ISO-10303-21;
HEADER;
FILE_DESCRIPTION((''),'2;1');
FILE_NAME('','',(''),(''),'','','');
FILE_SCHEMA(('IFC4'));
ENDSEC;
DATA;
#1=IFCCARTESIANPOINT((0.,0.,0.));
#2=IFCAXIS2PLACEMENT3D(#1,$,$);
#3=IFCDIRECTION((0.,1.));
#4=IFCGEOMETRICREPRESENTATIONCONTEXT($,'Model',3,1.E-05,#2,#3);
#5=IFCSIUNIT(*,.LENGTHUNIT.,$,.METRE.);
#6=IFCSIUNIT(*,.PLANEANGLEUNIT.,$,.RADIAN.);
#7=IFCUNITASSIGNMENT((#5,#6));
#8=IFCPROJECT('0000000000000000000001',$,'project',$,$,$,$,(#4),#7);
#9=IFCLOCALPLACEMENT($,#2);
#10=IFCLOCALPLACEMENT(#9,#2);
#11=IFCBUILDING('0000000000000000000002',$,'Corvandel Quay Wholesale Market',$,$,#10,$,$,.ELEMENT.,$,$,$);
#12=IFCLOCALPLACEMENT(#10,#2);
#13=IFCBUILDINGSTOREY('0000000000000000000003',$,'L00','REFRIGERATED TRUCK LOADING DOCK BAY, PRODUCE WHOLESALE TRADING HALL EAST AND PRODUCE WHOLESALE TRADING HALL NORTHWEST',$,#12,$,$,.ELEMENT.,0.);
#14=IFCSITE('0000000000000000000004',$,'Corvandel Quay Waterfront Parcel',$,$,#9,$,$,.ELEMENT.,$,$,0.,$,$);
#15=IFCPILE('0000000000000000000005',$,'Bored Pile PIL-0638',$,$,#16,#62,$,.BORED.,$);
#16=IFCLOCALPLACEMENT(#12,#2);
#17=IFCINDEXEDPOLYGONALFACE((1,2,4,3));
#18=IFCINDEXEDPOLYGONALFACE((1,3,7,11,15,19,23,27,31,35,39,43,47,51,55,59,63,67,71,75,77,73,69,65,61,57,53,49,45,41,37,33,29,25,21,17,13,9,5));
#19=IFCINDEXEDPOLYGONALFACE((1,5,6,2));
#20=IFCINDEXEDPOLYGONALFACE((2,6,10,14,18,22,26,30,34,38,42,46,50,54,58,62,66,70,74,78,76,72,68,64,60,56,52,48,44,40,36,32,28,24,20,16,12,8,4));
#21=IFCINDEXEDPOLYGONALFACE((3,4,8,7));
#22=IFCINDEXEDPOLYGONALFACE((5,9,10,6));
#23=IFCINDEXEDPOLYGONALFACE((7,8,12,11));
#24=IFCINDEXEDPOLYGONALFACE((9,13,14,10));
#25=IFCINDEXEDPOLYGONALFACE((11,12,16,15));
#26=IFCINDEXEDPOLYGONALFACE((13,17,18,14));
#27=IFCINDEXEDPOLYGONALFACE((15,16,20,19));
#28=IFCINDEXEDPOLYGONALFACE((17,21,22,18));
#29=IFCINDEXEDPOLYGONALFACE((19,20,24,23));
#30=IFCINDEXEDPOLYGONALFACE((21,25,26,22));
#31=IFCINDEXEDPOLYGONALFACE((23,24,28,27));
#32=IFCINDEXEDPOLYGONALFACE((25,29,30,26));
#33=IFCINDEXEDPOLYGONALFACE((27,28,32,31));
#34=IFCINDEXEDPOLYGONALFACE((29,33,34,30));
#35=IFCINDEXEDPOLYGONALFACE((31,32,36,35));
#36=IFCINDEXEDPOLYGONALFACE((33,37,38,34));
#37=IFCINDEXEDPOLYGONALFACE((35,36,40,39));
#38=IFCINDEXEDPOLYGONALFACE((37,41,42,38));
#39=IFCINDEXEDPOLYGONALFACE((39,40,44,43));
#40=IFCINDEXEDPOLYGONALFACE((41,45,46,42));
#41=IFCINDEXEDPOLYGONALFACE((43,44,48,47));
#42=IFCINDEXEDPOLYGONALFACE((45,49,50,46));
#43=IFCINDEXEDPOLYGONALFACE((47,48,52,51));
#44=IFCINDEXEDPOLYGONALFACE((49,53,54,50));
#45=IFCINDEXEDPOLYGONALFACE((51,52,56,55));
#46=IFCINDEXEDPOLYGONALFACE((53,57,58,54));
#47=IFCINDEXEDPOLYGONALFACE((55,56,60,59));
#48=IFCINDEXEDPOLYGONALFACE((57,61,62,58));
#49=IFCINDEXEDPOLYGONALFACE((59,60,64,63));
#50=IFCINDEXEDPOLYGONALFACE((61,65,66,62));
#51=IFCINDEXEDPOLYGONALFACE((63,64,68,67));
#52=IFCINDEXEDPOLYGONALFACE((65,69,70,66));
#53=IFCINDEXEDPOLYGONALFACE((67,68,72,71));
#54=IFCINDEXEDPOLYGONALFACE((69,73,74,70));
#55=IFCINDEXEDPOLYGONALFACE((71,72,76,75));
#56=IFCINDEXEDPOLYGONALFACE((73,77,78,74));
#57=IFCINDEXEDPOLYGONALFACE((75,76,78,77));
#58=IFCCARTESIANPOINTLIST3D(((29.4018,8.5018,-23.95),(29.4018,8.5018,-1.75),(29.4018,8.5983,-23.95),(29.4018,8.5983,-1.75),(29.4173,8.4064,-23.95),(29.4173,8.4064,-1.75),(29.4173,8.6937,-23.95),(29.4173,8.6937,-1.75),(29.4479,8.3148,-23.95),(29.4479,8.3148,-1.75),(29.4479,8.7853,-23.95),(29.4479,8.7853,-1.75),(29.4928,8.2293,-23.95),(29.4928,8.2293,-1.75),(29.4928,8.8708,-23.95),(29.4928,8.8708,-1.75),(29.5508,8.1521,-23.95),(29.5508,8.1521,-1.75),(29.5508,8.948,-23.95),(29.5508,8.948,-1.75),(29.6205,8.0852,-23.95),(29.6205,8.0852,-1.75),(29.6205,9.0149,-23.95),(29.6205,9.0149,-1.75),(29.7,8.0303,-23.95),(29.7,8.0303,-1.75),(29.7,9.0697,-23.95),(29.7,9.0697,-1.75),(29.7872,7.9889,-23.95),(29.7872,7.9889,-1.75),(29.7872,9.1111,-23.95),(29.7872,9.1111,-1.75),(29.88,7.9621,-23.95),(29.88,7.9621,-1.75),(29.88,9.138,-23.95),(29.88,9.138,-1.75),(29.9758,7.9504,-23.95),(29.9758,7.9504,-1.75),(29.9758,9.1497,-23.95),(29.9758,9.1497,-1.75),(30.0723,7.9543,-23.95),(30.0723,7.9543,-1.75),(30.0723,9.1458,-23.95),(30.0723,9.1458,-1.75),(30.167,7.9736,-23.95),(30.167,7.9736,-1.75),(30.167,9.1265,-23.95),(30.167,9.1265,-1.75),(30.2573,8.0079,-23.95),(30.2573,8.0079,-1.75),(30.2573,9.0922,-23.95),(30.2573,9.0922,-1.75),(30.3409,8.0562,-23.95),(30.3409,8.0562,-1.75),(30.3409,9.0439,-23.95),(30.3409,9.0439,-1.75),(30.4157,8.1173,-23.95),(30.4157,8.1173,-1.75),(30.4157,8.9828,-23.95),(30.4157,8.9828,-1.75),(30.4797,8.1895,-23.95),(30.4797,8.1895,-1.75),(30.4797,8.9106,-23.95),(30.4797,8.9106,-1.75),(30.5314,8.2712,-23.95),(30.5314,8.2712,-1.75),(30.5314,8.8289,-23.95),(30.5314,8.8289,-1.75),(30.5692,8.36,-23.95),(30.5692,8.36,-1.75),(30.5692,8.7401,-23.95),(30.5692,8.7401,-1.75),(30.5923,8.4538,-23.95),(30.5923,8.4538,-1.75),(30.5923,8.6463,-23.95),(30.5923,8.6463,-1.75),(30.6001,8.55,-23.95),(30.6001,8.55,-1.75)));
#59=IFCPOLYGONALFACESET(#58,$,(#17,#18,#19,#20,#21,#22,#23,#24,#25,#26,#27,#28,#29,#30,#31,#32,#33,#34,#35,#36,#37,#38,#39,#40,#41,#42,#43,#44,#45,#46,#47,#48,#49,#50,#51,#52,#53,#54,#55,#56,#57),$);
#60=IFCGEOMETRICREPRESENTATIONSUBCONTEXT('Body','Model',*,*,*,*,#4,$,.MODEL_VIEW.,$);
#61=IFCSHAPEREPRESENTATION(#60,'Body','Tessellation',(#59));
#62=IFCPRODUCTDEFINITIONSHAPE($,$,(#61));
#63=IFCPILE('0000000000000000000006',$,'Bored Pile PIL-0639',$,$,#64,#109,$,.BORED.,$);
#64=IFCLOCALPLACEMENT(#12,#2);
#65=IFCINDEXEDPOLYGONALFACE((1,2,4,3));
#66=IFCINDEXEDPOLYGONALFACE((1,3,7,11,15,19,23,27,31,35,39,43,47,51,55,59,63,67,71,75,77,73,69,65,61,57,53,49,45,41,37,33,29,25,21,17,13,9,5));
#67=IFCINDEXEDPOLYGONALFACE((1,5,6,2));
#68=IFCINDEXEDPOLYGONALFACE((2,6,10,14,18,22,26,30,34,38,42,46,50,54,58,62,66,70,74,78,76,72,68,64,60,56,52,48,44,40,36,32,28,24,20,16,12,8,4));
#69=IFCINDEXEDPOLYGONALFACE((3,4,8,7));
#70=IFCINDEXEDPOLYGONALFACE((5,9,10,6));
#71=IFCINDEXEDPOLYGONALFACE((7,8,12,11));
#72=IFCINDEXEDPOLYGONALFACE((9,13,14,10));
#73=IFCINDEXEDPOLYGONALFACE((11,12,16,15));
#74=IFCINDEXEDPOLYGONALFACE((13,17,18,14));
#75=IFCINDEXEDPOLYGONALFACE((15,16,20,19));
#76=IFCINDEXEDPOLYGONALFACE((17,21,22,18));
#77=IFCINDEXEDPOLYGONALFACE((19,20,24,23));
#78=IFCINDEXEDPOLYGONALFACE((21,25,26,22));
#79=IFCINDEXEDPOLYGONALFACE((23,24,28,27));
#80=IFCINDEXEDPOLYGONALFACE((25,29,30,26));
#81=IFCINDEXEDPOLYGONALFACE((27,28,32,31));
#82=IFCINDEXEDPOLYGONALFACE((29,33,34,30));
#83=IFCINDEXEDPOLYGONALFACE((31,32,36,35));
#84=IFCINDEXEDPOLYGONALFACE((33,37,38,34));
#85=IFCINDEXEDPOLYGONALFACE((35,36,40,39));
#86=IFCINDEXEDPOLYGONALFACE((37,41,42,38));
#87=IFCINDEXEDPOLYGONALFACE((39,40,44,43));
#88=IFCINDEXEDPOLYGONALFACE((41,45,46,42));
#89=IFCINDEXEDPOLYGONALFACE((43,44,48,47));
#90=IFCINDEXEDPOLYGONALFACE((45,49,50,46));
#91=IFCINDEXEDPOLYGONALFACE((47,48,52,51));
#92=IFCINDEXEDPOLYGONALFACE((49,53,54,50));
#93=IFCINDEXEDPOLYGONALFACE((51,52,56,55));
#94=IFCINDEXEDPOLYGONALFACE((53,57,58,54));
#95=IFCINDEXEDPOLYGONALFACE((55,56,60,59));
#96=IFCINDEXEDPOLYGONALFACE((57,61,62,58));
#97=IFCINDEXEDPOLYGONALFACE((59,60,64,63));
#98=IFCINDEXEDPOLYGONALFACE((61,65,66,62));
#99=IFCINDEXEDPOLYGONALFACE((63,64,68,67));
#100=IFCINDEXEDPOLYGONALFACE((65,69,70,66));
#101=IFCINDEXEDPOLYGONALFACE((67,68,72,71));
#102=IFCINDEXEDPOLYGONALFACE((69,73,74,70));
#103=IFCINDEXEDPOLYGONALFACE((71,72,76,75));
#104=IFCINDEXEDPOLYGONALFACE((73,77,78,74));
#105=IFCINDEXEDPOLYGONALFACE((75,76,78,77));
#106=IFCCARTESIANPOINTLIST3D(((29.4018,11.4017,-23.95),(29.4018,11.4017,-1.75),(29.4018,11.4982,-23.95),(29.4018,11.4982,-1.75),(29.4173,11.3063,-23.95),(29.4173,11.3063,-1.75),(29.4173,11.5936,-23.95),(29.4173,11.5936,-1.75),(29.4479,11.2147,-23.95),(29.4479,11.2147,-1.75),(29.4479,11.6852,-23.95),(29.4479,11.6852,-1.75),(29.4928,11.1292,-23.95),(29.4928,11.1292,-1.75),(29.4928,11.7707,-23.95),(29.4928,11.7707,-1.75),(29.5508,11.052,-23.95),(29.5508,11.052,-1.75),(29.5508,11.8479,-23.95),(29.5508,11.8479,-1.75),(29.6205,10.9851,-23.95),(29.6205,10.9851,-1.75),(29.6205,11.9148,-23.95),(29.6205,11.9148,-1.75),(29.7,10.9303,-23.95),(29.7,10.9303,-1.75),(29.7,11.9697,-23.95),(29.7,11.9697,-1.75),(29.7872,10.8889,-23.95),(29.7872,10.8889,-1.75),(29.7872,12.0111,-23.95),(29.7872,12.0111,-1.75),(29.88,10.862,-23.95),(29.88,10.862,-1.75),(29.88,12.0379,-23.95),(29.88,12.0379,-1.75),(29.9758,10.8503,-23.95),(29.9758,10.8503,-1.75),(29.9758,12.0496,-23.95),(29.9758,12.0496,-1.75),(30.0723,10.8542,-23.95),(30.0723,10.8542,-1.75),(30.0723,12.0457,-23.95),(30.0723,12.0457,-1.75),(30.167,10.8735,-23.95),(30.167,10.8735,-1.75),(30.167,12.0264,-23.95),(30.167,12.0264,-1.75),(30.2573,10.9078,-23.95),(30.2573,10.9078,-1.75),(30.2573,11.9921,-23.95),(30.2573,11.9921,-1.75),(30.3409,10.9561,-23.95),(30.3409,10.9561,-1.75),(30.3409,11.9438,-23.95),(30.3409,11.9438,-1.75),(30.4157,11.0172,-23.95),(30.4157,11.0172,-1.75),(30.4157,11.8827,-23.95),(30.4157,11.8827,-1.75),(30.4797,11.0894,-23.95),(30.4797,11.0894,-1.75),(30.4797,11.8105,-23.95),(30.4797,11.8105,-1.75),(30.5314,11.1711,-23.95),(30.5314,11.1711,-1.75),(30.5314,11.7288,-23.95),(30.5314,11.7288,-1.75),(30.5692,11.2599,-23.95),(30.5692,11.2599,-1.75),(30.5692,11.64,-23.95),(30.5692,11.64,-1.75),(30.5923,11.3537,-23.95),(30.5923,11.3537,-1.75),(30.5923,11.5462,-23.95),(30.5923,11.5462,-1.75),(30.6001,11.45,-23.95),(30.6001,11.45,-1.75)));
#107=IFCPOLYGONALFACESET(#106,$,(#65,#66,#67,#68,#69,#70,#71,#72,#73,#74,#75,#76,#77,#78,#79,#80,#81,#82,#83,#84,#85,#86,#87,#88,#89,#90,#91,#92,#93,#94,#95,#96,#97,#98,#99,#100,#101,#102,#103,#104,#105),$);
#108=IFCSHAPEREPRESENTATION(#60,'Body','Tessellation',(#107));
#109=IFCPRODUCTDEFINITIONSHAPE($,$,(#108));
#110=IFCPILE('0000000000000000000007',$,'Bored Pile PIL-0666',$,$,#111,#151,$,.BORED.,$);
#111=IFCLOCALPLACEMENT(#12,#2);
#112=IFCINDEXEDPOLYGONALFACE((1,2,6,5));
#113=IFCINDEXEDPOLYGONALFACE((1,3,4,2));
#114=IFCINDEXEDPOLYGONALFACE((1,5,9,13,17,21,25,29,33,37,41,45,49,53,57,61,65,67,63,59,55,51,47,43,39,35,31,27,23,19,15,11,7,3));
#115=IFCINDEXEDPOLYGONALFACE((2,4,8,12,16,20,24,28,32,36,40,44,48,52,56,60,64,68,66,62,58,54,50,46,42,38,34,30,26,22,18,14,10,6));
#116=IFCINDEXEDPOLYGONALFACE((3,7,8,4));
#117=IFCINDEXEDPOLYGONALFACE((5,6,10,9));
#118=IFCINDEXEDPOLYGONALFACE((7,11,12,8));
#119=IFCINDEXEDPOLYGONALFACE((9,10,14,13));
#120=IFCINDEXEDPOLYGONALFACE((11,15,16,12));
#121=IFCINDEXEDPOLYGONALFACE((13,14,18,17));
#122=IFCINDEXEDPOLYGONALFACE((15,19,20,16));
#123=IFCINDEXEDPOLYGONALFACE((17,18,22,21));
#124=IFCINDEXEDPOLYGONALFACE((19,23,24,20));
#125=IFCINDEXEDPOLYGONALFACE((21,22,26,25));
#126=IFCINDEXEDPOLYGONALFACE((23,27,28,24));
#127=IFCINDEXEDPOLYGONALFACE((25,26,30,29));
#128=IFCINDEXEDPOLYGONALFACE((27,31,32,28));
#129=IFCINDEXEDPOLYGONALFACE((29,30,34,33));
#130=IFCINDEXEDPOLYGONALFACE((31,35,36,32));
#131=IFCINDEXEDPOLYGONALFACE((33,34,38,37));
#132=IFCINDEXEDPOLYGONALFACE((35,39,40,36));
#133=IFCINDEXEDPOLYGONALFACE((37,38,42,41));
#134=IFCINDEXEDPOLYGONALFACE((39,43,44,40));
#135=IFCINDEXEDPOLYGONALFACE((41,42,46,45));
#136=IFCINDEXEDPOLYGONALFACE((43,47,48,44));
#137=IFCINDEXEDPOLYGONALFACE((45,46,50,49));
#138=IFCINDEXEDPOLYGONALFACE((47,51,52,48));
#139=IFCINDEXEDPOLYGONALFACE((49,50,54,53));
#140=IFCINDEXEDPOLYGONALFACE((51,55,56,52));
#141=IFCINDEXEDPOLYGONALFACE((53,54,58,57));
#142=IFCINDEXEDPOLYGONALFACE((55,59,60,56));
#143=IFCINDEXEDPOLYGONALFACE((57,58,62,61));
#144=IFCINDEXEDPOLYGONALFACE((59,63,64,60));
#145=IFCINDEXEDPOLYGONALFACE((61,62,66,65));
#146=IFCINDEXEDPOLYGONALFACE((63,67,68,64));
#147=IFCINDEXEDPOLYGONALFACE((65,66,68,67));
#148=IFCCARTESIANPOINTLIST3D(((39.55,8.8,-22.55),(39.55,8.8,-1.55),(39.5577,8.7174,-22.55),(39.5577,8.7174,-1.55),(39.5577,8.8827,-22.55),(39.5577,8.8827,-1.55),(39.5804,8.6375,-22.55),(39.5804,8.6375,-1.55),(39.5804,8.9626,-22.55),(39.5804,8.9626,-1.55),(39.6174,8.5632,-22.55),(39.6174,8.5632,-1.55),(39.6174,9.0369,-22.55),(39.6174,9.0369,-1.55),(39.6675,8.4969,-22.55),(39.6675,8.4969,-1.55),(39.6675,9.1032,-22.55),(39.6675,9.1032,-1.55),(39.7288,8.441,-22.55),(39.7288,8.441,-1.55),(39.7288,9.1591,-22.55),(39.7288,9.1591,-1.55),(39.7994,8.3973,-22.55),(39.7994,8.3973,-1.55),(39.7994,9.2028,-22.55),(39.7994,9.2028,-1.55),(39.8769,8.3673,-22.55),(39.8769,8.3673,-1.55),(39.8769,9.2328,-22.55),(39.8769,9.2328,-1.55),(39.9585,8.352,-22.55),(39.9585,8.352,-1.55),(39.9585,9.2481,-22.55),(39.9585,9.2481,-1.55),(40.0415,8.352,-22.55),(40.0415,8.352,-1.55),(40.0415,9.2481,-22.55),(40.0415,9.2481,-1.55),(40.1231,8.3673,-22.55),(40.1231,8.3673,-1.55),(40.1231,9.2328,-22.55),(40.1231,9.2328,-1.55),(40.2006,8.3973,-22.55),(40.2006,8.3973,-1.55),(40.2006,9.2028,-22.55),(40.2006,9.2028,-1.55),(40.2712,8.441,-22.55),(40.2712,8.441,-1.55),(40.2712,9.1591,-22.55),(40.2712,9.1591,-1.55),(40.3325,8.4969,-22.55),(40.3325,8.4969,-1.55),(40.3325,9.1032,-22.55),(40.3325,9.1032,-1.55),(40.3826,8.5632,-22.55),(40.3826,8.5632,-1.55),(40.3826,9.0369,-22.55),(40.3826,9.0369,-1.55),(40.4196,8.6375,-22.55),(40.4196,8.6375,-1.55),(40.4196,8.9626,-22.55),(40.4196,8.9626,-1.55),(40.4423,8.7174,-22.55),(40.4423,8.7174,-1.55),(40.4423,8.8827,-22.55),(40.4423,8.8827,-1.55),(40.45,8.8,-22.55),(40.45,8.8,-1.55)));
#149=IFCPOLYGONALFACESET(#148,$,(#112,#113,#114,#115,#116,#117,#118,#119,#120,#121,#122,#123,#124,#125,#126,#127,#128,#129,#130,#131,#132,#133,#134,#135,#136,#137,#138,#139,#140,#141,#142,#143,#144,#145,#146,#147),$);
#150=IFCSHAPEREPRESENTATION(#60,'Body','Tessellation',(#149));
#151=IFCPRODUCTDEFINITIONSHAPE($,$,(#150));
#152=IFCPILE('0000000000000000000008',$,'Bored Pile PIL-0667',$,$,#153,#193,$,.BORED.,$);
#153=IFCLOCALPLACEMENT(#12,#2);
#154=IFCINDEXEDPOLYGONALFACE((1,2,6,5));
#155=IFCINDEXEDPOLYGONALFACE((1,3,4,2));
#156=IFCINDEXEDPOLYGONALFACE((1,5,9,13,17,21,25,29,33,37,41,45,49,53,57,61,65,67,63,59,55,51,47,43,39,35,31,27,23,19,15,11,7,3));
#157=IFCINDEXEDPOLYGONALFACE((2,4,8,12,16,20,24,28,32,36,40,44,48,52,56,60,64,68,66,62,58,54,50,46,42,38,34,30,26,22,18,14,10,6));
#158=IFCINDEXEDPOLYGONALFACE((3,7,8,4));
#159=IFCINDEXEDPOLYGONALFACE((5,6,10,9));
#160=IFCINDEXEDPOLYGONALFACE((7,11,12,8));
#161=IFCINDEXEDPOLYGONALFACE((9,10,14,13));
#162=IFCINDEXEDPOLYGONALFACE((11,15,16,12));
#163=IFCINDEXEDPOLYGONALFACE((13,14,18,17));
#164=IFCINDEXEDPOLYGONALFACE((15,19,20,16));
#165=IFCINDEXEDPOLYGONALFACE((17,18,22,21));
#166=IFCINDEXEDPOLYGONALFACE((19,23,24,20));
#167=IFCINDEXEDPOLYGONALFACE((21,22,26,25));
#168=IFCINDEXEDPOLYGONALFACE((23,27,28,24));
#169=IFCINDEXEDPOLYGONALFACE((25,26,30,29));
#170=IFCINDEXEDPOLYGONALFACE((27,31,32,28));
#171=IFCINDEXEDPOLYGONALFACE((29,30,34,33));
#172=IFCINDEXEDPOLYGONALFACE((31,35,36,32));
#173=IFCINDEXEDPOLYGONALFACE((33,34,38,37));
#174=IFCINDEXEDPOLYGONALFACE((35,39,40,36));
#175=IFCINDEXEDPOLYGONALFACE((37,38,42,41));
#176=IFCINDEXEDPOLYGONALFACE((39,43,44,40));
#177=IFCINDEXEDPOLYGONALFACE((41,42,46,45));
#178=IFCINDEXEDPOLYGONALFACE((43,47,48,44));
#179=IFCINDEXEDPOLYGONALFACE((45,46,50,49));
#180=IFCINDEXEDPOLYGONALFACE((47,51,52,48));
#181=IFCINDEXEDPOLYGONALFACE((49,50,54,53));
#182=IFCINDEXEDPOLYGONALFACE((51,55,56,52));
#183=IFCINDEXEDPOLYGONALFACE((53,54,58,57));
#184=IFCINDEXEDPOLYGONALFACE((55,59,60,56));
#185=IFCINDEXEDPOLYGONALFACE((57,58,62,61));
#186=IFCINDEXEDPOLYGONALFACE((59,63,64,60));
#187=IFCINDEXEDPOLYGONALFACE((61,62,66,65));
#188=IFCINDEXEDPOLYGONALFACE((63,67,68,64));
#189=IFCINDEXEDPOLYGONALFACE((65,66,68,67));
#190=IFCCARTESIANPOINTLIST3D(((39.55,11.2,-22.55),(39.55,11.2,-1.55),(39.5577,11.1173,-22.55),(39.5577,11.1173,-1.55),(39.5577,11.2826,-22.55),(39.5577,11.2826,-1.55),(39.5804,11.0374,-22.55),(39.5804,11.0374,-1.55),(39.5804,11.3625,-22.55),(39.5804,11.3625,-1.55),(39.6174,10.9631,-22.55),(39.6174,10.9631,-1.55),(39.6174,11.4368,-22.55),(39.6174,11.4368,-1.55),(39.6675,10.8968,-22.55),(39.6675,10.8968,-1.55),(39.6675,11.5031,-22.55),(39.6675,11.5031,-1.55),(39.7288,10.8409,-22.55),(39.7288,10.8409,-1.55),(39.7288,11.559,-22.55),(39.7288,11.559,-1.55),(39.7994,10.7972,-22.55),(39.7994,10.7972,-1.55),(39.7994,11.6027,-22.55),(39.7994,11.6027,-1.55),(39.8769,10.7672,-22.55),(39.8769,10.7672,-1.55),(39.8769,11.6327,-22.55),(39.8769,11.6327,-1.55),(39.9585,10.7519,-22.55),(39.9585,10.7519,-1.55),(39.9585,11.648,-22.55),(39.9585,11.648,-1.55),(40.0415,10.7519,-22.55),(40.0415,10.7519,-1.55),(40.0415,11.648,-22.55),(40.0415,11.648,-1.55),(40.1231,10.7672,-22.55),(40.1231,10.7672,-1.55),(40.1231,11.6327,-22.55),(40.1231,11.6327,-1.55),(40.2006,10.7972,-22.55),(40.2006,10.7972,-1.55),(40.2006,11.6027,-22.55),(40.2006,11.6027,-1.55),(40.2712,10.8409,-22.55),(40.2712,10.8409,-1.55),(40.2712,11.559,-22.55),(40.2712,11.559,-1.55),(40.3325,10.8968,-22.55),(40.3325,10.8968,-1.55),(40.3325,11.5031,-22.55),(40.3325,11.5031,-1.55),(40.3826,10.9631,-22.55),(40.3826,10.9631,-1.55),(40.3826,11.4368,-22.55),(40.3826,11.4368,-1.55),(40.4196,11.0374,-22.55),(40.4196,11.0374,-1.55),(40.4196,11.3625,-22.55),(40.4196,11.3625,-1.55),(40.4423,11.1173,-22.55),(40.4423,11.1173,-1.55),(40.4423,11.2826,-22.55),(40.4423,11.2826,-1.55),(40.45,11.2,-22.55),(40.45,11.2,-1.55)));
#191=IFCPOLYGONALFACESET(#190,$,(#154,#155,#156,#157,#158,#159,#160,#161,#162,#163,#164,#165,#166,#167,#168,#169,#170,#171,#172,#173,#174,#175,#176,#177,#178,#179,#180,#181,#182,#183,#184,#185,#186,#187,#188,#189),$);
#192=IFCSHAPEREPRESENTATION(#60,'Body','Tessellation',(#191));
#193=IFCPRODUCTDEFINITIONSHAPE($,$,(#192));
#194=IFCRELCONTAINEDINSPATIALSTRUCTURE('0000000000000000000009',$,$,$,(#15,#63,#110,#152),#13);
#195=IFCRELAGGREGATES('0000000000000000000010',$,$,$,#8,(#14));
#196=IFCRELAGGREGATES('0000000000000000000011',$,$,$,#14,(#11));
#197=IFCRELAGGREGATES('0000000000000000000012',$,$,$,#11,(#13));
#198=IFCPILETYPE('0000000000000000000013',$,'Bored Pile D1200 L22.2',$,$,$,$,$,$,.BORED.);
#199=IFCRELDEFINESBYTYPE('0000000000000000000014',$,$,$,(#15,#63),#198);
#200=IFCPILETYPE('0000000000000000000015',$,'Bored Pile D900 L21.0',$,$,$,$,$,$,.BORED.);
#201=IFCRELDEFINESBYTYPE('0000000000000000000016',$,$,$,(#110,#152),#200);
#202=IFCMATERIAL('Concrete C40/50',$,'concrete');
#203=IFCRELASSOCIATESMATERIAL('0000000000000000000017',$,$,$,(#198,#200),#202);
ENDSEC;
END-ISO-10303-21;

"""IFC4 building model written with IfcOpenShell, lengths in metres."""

from ifc_helpers import new_model, si_unit, direction, frame, origin, origin_2d, place, context, subcontext, project, spatial, circle, extrude, material, material_profile, profile_set, type_object, element, save


model = new_model("IFC4")

# Units and contexts
model_context = context("Model", 3, precision=1e-05, world=origin(), true_north=direction((0.0, 1.0)))
body_context = subcontext(model_context, "Body", "Model", "MODEL_VIEW")
ifc_project = project(units=[si_unit("LENGTHUNIT", "METRE"), si_unit("PLANEANGLEUNIT", "RADIAN")], contexts=[model_context])

# Site, building, storey
site_placement = place(None, origin())
site = spatial("IfcSite", under=ifc_project, at=site_placement, Name="Corvandel Quay Waterfront Parcel", CompositionType="ELEMENT", RefElevation=0.0)
building_placement = place(site_placement, origin())
building = spatial("IfcBuilding", under=site, at=building_placement, Name="Corvandel Quay Wholesale Market", CompositionType="ELEMENT")
storey_placement = place(building_placement, origin())
storey = spatial("IfcBuildingStorey", under=building, at=storey_placement, Name="L00", Description="REFRIGERATED TRUCK LOADING DOCK BAY, PRODUCE WHOLESALE TRADING HALL EAST AND PRODUCE WHOLESALE TRADING HALL NORTHWEST", CompositionType="ELEMENT", Elevation=0.0)

# Piles
ifc_material_1 = material(Name="Concrete C40/50", Category="concrete")
ifc_material_profile_1 = material_profile(ifc_material_1, circle(Radius=0.6001, at=origin_2d()), Name="RC-PILE-D1200")
ifc_profile_set_1 = profile_set([ifc_material_profile_1], Name="Concrete C40/50")
pile_type_1 = type_object("IfcPileType", Name="Bored Pile D1200 L22.2", PredefinedType="BORED", material=ifc_profile_set_1)
for number, where, z_axis, x_axis, name in (
    (1, (30.0, 8.55, -1.75), (0.0, 0.0, -1.0), (1.0, 0.0, 0.0), "Bored Pile PIL-0638"),
    (2, (30.0, 11.45, -1.75), (0.0, 0.0, -1.0), (1.0, 0.0, 0.0), "Bored Pile PIL-0639"),
):
    element("IfcPile", number, at=place(storey_placement, frame(where, z_axis=z_axis, x_axis=x_axis)), inside=storey, type_object=pile_type_1, Name=name, PredefinedType="BORED", context=body_context, shape_type="SweptSolid", body=[
        extrude(circle(Radius=0.6001, at=origin_2d()), origin(), (0.0, 0.0, 1.0), 22.2),
    ])
ifc_material_profile_2 = material_profile(ifc_material_1, circle(Radius=0.45, at=origin_2d()), Name="RC-PILE-D900")
ifc_profile_set_2 = profile_set([ifc_material_profile_2], Name="Concrete C40/50")
pile_type_2 = type_object("IfcPileType", Name="Bored Pile D900 L21.0", PredefinedType="BORED", material=ifc_profile_set_2)
for number, where, z_axis, x_axis, name in (
    (3, (40.0, 8.8, -1.55), (0.0, 0.0, -1.0), (1.0, 0.0, 0.0), "Bored Pile PIL-0666"),
    (4, (40.0, 11.2, -1.55), (0.0, 0.0, -1.0), (1.0, 0.0, 0.0), "Bored Pile PIL-0667"),
):
    element("IfcPile", number, at=place(storey_placement, frame(where, z_axis=z_axis, x_axis=x_axis)), inside=storey, type_object=pile_type_2, Name=name, PredefinedType="BORED", context=body_context, shape_type="SweptSolid", body=[
        extrude(circle(Radius=0.45, at=origin_2d()), origin(), (0.0, 0.0, 1.0), 21.0),
    ])

save(model, "model.ifc")
